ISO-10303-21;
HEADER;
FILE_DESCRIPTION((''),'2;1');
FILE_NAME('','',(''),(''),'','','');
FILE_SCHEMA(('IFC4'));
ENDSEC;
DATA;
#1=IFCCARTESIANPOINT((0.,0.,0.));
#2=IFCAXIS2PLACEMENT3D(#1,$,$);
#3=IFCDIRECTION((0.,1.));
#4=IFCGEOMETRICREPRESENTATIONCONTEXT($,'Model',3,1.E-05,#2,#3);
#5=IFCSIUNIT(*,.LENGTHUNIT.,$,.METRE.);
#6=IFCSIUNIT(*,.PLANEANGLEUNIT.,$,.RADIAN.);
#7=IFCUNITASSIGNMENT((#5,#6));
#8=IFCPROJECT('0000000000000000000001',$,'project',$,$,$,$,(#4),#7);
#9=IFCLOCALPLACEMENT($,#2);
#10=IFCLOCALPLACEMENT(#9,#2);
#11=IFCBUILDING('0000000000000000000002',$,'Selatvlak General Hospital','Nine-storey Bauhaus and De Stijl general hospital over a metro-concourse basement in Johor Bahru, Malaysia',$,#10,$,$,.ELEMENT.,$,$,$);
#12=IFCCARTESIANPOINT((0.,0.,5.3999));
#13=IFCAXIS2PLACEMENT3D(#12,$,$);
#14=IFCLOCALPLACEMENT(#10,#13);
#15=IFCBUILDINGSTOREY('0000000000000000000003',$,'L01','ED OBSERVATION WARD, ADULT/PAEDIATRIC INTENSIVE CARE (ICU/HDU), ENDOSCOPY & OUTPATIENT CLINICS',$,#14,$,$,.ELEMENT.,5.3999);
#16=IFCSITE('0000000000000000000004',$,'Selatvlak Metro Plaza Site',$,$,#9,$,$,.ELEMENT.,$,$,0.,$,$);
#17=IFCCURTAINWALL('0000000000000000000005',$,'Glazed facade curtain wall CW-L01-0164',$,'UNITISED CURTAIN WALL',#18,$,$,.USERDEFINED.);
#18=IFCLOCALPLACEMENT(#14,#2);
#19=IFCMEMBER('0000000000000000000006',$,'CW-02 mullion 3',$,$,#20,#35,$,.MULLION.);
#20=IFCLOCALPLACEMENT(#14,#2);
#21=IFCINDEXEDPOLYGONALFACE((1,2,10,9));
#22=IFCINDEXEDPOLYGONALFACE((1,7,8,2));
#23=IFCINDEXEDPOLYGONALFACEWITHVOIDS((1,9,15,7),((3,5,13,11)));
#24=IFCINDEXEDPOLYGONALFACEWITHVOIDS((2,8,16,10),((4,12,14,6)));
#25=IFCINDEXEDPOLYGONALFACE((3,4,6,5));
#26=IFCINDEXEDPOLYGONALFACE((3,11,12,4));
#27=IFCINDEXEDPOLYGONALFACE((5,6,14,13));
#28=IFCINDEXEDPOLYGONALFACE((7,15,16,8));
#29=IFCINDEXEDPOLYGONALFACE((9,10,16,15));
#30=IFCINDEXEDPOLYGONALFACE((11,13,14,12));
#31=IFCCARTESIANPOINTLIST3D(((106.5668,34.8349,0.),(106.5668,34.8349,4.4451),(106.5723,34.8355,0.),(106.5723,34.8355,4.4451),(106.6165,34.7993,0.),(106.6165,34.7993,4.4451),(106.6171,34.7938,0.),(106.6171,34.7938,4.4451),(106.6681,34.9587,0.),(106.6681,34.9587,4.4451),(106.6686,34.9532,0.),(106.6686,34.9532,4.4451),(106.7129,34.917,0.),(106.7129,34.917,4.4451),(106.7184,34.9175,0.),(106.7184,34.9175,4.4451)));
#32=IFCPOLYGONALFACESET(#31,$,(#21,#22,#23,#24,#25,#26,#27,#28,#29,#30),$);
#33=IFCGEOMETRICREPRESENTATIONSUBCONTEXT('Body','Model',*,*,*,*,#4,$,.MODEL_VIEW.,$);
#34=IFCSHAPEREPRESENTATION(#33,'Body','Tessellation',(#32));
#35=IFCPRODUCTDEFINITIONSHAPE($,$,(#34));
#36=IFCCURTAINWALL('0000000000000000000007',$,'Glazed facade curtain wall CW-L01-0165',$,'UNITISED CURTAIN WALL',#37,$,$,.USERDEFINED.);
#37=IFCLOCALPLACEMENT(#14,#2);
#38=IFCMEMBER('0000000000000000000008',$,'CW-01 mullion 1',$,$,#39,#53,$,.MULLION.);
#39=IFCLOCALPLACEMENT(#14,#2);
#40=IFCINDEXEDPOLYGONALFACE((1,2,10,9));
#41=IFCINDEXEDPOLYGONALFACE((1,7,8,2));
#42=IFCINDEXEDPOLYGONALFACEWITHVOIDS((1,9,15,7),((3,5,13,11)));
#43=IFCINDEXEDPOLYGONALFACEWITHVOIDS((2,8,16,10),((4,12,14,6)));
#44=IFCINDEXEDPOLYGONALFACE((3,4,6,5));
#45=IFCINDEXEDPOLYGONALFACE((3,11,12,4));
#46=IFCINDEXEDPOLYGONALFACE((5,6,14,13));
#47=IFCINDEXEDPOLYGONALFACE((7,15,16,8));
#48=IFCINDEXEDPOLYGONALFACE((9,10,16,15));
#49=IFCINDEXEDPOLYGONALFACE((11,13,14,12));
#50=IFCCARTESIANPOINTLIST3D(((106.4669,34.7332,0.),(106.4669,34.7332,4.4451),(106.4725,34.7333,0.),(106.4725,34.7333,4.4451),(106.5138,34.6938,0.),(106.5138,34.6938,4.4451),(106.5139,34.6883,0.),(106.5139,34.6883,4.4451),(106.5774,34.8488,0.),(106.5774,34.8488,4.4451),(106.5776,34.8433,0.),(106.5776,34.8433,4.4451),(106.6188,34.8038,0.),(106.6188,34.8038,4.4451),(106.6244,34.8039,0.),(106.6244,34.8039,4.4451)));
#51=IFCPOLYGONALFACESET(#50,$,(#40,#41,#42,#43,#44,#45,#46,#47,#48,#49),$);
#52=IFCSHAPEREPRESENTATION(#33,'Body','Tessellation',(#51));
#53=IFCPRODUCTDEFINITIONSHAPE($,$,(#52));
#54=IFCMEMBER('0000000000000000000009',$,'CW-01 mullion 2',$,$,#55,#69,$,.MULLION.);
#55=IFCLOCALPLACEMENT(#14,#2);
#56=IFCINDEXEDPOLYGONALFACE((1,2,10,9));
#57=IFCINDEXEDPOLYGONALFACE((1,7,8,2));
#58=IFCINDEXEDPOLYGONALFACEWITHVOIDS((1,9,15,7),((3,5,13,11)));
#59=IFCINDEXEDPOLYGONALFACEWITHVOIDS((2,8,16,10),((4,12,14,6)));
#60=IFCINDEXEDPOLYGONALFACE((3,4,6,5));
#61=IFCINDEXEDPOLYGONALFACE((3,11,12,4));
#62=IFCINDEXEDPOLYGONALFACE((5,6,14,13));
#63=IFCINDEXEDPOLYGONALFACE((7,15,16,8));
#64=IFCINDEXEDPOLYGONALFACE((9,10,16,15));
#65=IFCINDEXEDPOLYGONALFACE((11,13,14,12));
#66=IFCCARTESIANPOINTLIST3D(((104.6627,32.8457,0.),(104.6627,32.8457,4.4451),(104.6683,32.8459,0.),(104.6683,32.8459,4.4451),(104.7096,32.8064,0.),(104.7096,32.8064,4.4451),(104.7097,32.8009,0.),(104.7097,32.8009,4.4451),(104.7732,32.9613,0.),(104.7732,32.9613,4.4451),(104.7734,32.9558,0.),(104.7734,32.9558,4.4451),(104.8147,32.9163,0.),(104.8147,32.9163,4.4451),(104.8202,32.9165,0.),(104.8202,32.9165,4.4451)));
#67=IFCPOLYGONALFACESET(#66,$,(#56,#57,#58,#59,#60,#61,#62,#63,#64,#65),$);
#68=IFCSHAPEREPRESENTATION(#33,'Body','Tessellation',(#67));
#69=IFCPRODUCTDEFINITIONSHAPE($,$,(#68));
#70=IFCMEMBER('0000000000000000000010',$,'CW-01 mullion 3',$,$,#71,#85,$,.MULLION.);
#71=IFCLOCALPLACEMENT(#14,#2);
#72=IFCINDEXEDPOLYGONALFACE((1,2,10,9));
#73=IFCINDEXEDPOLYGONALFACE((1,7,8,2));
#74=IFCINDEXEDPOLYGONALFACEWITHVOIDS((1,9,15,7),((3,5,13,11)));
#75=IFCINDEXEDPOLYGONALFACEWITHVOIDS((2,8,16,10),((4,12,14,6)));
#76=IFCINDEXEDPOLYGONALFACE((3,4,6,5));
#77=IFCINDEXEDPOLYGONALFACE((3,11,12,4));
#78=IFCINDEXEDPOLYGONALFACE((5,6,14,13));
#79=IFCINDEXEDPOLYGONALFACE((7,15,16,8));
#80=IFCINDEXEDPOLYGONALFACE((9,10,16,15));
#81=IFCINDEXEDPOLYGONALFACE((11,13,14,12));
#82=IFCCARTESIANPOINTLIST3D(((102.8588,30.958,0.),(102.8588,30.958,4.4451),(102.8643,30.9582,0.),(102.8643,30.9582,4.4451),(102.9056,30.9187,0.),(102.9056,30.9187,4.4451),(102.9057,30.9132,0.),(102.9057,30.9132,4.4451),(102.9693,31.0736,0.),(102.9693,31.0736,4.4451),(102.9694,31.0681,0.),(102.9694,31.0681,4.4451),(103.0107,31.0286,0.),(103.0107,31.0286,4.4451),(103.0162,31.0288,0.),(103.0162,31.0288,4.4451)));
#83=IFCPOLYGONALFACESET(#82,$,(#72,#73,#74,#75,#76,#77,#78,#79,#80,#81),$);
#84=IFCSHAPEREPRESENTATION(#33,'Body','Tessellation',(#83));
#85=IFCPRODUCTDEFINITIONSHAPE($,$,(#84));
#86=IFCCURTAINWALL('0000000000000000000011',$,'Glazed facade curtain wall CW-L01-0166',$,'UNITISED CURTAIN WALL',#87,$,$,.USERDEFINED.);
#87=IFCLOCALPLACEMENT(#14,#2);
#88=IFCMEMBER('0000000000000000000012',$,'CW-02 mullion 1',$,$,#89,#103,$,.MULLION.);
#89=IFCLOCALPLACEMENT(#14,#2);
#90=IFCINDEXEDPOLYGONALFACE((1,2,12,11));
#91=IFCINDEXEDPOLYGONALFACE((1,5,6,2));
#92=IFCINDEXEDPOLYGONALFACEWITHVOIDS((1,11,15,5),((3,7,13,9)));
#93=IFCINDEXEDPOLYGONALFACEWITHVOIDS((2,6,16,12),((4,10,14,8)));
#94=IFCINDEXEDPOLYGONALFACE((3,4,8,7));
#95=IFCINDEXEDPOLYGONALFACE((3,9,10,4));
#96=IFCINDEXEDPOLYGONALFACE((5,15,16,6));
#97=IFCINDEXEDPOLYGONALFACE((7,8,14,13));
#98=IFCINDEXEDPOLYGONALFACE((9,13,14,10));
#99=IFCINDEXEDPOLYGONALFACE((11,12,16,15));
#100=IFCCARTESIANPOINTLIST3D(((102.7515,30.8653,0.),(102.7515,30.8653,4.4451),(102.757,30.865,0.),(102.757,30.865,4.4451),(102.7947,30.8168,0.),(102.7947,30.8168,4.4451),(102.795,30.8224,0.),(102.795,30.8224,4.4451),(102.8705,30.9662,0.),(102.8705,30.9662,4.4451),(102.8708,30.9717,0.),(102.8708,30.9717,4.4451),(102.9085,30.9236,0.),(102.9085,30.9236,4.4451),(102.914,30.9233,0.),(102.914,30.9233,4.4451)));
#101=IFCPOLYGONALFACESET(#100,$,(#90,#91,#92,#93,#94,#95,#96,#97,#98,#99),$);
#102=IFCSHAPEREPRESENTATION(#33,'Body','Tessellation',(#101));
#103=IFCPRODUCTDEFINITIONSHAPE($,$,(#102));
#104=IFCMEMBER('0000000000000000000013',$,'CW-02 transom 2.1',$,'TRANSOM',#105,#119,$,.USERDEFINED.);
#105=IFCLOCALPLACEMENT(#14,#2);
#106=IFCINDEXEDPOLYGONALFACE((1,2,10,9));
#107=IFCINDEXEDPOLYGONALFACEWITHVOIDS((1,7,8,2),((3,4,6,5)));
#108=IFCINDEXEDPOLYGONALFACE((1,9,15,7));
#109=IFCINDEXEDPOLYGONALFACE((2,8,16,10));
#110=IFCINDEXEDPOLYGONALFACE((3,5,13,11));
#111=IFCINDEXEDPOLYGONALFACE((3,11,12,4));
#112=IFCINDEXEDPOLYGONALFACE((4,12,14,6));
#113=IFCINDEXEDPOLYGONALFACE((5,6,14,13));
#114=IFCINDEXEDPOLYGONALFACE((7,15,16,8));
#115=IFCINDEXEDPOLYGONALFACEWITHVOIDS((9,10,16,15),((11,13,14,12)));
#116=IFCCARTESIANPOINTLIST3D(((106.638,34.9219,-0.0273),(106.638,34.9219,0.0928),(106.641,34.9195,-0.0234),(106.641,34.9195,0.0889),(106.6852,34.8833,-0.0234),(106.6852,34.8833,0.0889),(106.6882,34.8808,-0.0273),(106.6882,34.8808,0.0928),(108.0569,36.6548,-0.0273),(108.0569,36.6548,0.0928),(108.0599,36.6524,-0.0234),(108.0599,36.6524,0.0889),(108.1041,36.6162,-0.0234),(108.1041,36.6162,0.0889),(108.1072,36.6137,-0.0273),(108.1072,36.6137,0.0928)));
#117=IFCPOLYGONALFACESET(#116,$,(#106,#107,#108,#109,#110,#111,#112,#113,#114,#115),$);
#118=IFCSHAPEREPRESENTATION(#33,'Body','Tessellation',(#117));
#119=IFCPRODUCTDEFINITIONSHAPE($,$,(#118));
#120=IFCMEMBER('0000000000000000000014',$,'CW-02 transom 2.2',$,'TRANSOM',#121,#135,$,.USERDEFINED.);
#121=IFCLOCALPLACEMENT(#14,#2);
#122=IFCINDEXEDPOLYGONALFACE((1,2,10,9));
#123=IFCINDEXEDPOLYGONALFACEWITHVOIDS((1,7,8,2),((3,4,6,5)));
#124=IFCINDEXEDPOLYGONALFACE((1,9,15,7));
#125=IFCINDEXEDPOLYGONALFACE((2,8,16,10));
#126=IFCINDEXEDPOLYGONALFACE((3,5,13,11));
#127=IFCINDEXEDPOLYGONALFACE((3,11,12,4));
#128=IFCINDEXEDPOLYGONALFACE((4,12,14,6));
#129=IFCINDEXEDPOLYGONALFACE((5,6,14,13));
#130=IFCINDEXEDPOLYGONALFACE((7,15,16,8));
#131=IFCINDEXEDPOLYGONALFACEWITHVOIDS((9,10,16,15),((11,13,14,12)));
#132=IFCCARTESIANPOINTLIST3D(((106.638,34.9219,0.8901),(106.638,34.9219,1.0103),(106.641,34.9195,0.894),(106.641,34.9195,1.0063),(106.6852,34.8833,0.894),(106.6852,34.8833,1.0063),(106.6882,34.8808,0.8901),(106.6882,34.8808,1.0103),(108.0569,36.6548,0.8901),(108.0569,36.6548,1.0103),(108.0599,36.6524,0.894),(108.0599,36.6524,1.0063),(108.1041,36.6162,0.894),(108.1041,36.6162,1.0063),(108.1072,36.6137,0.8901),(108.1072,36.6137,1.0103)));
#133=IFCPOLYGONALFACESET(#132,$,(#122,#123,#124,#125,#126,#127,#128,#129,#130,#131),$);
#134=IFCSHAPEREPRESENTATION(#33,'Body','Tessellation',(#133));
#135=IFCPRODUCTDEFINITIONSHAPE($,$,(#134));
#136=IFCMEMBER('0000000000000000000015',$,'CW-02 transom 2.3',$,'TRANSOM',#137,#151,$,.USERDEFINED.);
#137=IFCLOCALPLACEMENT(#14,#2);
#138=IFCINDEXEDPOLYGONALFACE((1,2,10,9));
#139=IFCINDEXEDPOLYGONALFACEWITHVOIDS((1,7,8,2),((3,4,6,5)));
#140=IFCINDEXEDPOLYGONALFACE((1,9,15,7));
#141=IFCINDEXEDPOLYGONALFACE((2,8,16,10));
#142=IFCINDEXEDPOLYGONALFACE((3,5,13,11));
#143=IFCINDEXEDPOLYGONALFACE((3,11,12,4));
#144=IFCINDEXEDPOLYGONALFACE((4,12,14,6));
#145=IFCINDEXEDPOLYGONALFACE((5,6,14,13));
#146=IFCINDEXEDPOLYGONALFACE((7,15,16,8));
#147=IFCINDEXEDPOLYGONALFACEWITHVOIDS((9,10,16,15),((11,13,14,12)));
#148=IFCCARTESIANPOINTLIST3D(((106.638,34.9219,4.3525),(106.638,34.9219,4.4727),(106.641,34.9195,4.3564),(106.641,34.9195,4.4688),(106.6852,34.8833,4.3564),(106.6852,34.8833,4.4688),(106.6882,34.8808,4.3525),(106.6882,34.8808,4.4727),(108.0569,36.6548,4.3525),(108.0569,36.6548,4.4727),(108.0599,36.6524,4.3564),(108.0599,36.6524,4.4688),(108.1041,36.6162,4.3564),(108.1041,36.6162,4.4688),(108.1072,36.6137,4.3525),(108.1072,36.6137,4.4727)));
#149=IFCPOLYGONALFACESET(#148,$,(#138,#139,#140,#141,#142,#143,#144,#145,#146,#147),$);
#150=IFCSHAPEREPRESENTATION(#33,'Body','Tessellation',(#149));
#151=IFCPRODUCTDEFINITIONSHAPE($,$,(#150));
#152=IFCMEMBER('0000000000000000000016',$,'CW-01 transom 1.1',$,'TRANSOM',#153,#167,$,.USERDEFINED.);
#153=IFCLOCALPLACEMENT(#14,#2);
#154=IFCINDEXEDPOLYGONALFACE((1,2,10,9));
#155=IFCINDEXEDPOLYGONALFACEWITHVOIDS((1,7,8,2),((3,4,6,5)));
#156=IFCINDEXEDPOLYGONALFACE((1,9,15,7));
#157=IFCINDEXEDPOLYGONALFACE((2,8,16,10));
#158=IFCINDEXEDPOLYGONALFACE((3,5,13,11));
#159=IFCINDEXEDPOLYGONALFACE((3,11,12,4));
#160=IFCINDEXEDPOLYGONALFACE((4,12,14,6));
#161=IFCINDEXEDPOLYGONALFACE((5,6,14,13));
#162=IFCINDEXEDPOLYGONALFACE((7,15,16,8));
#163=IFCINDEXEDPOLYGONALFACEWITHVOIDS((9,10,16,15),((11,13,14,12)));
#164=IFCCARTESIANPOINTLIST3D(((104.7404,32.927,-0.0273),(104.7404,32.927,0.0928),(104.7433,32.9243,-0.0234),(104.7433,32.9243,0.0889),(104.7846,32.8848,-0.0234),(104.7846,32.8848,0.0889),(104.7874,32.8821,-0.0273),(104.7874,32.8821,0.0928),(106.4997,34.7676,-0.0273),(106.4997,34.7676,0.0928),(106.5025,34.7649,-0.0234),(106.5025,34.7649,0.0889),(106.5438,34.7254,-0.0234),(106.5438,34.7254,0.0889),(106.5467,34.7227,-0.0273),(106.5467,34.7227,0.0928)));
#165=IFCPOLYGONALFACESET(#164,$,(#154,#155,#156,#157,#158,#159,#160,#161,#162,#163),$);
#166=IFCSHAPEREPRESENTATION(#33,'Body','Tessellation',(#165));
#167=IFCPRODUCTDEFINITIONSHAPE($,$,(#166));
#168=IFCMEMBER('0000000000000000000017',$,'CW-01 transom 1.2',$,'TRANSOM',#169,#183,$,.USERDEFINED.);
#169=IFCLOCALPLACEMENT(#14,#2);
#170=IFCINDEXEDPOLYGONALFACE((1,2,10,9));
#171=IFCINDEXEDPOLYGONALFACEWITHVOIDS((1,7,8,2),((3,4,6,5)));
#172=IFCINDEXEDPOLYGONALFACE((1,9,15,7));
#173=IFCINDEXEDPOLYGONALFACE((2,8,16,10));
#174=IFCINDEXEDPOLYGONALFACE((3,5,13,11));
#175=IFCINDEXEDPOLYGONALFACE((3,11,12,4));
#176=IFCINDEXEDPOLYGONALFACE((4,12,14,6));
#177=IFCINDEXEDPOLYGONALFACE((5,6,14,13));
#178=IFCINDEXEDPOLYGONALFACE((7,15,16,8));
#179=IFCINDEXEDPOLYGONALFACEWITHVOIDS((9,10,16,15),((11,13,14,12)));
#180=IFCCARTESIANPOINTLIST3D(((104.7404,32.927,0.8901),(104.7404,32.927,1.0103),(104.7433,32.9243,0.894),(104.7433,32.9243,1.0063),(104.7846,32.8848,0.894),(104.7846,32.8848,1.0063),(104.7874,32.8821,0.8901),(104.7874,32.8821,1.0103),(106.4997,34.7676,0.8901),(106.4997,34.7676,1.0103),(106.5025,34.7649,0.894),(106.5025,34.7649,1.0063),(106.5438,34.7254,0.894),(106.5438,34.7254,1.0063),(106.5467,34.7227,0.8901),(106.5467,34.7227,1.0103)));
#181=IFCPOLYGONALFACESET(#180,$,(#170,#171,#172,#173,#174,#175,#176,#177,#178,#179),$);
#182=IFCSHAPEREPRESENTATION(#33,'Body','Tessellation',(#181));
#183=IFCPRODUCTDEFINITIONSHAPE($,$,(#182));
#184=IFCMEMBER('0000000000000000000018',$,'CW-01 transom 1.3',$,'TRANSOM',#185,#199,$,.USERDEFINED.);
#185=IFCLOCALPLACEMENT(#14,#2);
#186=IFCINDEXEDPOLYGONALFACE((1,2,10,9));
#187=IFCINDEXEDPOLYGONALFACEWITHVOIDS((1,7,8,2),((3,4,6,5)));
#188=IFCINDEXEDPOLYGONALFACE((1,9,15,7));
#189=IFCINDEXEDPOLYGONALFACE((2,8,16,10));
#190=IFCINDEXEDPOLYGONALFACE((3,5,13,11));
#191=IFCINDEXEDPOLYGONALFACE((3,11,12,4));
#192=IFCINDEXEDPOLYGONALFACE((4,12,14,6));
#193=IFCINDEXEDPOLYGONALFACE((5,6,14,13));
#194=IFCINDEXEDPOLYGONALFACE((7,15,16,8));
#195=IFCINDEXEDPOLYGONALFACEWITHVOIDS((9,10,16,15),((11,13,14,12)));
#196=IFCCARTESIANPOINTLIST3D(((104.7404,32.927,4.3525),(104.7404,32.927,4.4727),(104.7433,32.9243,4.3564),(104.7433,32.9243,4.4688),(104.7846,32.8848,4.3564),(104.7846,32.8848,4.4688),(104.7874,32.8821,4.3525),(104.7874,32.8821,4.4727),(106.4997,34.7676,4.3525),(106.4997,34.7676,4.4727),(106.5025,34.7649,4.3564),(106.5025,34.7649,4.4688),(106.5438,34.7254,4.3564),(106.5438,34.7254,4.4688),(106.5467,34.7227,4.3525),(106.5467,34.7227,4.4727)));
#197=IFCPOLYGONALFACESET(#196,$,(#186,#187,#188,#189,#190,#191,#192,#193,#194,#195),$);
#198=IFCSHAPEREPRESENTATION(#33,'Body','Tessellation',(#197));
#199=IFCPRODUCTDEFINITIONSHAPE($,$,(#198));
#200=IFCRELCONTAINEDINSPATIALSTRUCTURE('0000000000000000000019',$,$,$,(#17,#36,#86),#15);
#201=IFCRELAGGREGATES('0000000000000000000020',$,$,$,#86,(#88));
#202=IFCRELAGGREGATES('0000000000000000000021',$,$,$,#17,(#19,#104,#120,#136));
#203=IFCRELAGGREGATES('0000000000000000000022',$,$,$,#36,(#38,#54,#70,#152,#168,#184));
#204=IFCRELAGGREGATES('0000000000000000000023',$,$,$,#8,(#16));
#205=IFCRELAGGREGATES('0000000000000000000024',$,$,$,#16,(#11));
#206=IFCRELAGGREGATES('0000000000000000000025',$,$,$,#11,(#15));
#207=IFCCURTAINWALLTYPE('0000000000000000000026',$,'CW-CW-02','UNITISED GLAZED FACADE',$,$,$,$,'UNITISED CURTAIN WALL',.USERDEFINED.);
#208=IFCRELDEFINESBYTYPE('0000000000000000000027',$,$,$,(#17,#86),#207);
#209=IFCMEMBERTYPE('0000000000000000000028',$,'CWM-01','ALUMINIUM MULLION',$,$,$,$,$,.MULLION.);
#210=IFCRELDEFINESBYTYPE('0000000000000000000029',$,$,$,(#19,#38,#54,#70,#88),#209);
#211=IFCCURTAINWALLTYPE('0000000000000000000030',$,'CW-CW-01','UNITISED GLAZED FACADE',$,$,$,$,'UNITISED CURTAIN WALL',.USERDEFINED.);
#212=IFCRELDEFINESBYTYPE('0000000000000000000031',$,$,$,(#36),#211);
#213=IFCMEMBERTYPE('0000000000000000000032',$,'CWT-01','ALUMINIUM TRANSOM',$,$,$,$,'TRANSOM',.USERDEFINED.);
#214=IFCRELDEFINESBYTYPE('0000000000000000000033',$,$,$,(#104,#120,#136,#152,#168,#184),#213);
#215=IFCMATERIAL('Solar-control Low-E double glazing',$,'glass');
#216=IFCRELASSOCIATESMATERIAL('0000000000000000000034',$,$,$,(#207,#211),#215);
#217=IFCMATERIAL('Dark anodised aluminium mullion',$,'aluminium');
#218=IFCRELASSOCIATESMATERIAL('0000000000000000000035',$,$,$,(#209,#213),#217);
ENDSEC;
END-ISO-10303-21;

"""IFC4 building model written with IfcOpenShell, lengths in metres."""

from ifc_helpers import new_model, si_unit, direction, frame, origin, origin_2d, place, context, subcontext, project, spatial, hollow_rectangle, extrude, material, material_profile, profile_set, type_object, element, aggregate, save


model = new_model("IFC4")

# Units and contexts
model_context = context("Model", 3, precision=1e-05, world=origin(), true_north=direction((0.0, 1.0)))
body_context = subcontext(model_context, "Body", "Model", "MODEL_VIEW")
ifc_project = project(units=[si_unit("LENGTHUNIT", "METRE"), si_unit("PLANEANGLEUNIT", "RADIAN")], contexts=[model_context])

# Site, building, storey
site_placement = place(None, origin())
site = spatial("IfcSite", under=ifc_project, at=site_placement, Name="Selatvlak Metro Plaza Site", CompositionType="ELEMENT", RefElevation=0.0)
building_placement = place(site_placement, origin())
building = spatial("IfcBuilding", under=site, at=building_placement, Name="Selatvlak General Hospital", Description="Nine-storey Bauhaus and De Stijl general hospital over a metro-concourse basement in Johor Bahru, Malaysia", CompositionType="ELEMENT")
storey_placement = place(building_placement, frame((0.0, 0.0, 5.3999)))
storey = spatial("IfcBuildingStorey", under=building, at=storey_placement, Name="L01", Description="ED OBSERVATION WARD, ADULT/PAEDIATRIC INTENSIVE CARE (ICU/HDU), ENDOSCOPY & OUTPATIENT CLINICS", CompositionType="ELEMENT", Elevation=5.3999)

# Curtain wall, member
ifc_material_1 = material(Name="Solar-control Low-E double glazing", Category="glass")
curtain_wall_type_1 = type_object("IfcCurtainWallType", Name="CW-CW-02", Description="UNITISED GLAZED FACADE", ElementType="UNITISED CURTAIN WALL", PredefinedType="USERDEFINED", material=ifc_material_1)
curtain_wall_1_placement = place(storey_placement, origin())
curtain_wall_1 = element("IfcCurtainWall", 1, at=curtain_wall_1_placement, inside=storey, type_object=curtain_wall_type_1, Name="Glazed facade curtain wall CW-L01-0164", ObjectType="UNITISED CURTAIN WALL", PredefinedType="USERDEFINED")
ifc_material_2 = material(Name="Dark anodised aluminium mullion", Category="aluminium")
ifc_material_profile_1 = material_profile(ifc_material_2, hollow_rectangle(XDim=0.0649, YDim=0.1599, WallThickness=0.0039, at=origin_2d()), Name="AL-MUL 65x160x4")
ifc_profile_set_1 = profile_set([ifc_material_profile_1], Name="Dark anodised aluminium mullion")
member_type_1 = type_object("IfcMemberType", Name="CWM-01", Description="ALUMINIUM MULLION", PredefinedType="MULLION", material=ifc_profile_set_1)
member_1_placement = place(storey_placement, frame((106.6426, 34.8762, 0.0), z_axis=(0.0, 0.0, 1.0), x_axis=(0.773786, -0.633447, 0.0)))
member_1 = element("IfcMember", 2, at=member_1_placement, type_object=member_type_1, Name="CW-02 mullion 3", PredefinedType="MULLION", context=body_context, shape_type="SweptSolid", body=[
    extrude(hollow_rectangle(XDim=0.0649, YDim=0.1599, WallThickness=0.0039, at=origin_2d()), origin(), (0.0, 0.0, 1.0), 4.4451),
])

# Curtain wall, members
curtain_wall_type_2 = type_object("IfcCurtainWallType", Name="CW-CW-01", Description="UNITISED GLAZED FACADE", ElementType="UNITISED CURTAIN WALL", PredefinedType="USERDEFINED", material=ifc_material_1)
curtain_wall_2_placement = place(storey_placement, origin())
curtain_wall_2 = element("IfcCurtainWall", 3, at=curtain_wall_2_placement, inside=storey, type_object=curtain_wall_type_2, Name="Glazed facade curtain wall CW-L01-0165", ObjectType="UNITISED CURTAIN WALL", PredefinedType="USERDEFINED")
member_2_placement = place(storey_placement, frame((106.5457, 34.7686, 0.0), z_axis=(0.0, 0.0, 1.0), x_axis=(0.722909, -0.690943, 0.0)))
member_2 = element("IfcMember", 4, at=member_2_placement, type_object=member_type_1, Name="CW-01 mullion 1", PredefinedType="MULLION", context=body_context, shape_type="SweptSolid", body=[
    extrude(hollow_rectangle(XDim=0.0649, YDim=0.1599, WallThickness=0.0039, at=origin_2d()), origin(), (0.0, 0.0, 1.0), 4.4451),
])
member_3_placement = place(storey_placement, frame((104.7415, 32.8811, 0.0), z_axis=(0.0, 0.0, 1.0), x_axis=(0.722909, -0.690943, 0.0)))
member_3 = element("IfcMember", 5, at=member_3_placement, type_object=member_type_1, Name="CW-01 mullion 2", PredefinedType="MULLION", context=body_context, shape_type="SweptSolid", body=[
    extrude(hollow_rectangle(XDim=0.0649, YDim=0.1599, WallThickness=0.0039, at=origin_2d()), origin(), (0.0, 0.0, 1.0), 4.4451),
])
member_4_placement = place(storey_placement, frame((102.9375, 30.9934, 0.0), z_axis=(0.0, 0.0, 1.0), x_axis=(0.722909, -0.690943, 0.0)))
member_4 = element("IfcMember", 6, at=member_4_placement, type_object=member_type_1, Name="CW-01 mullion 3", PredefinedType="MULLION", context=body_context, shape_type="SweptSolid", body=[
    extrude(hollow_rectangle(XDim=0.0649, YDim=0.1599, WallThickness=0.0039, at=origin_2d()), origin(), (0.0, 0.0, 1.0), 4.4451),
])

# Curtain wall, member
curtain_wall_3_placement = place(storey_placement, origin())
curtain_wall_3 = element("IfcCurtainWall", 7, at=curtain_wall_3_placement, inside=storey, type_object=curtain_wall_type_1, Name="Glazed facade curtain wall CW-L01-0166", ObjectType="UNITISED CURTAIN WALL", PredefinedType="USERDEFINED")
member_5_placement = place(storey_placement, frame((102.8328, 30.8943, 0.0), z_axis=(0.0, 0.0, 1.0), x_axis=(0.665561, -0.746344, 0.0)))
member_5 = element("IfcMember", 8, at=member_5_placement, type_object=member_type_1, Name="CW-02 mullion 1", PredefinedType="MULLION", context=body_context, shape_type="SweptSolid", body=[
    extrude(hollow_rectangle(XDim=0.0649, YDim=0.1599, WallThickness=0.0039, at=origin_2d()), origin(), (0.0, 0.0, 1.0), 4.4451),
])
aggregate(curtain_wall_3, [member_5])

# Members
ifc_material_profile_2 = material_profile(ifc_material_2, hollow_rectangle(XDim=0.0649, YDim=0.1201, WallThickness=0.0039, at=origin_2d()), Name="AL-TRN 65x120x4")
ifc_profile_set_2 = profile_set([ifc_material_profile_2], Name="Dark anodised aluminium mullion")
member_type_2 = type_object("IfcMemberType", Name="CWT-01", Description="ALUMINIUM TRANSOM", ElementType="TRANSOM", PredefinedType="USERDEFINED", material=ifc_profile_set_2)
member_6_placement = place(storey_placement, frame((108.082, 36.6343, 0.0327), z_axis=(-0.633535, -0.773714, 0.0), x_axis=(0.773714, -0.633535, 0.0)))
member_6 = element("IfcMember", 9, at=member_6_placement, type_object=member_type_2, Name="CW-02 transom 2.1", ObjectType="TRANSOM", PredefinedType="USERDEFINED", context=body_context, shape_type="SweptSolid", body=[
    extrude(hollow_rectangle(XDim=0.0649, YDim=0.1201, WallThickness=0.0039, at=origin_2d()), origin(), (0.0, 0.0, 1.0), 2.2397),
])
member_7_placement = place(storey_placement, frame((108.082, 36.6343, 0.9502), z_axis=(-0.633535, -0.773714, 0.0), x_axis=(0.773714, -0.633535, 0.0)))
member_7 = element("IfcMember", 10, at=member_7_placement, type_object=member_type_2, Name="CW-02 transom 2.2", ObjectType="TRANSOM", PredefinedType="USERDEFINED", context=body_context, shape_type="SweptSolid", body=[
    extrude(hollow_rectangle(XDim=0.0649, YDim=0.1201, WallThickness=0.0039, at=origin_2d()), origin(), (0.0, 0.0, 1.0), 2.2397),
])
member_8_placement = place(storey_placement, frame((108.082, 36.6343, 4.4126), z_axis=(-0.633535, -0.773714, 0.0), x_axis=(0.773714, -0.633535, 0.0)))
member_8 = element("IfcMember", 11, at=member_8_placement, type_object=member_type_2, Name="CW-02 transom 2.3", ObjectType="TRANSOM", PredefinedType="USERDEFINED", context=body_context, shape_type="SweptSolid", body=[
    extrude(hollow_rectangle(XDim=0.0649, YDim=0.1201, WallThickness=0.0039, at=origin_2d()), origin(), (0.0, 0.0, 1.0), 2.2397),
])
member_9_placement = place(storey_placement, frame((106.5232, 34.7451, 0.0327), z_axis=(-0.690961, -0.722892, 0.0), x_axis=(0.722892, -0.690961, 0.0)))
member_9 = element("IfcMember", 12, at=member_9_placement, type_object=member_type_2, Name="CW-01 transom 1.1", ObjectType="TRANSOM", PredefinedType="USERDEFINED", context=body_context, shape_type="SweptSolid", body=[
    extrude(hollow_rectangle(XDim=0.0649, YDim=0.1201, WallThickness=0.0039, at=origin_2d()), origin(), (0.0, 0.0, 1.0), 2.5461),
])
member_10_placement = place(storey_placement, frame((106.5232, 34.7451, 0.9502), z_axis=(-0.690961, -0.722892, 0.0), x_axis=(0.722892, -0.690961, 0.0)))
member_10 = element("IfcMember", 13, at=member_10_placement, type_object=member_type_2, Name="CW-01 transom 1.2", ObjectType="TRANSOM", PredefinedType="USERDEFINED", context=body_context, shape_type="SweptSolid", body=[
    extrude(hollow_rectangle(XDim=0.0649, YDim=0.1201, WallThickness=0.0039, at=origin_2d()), origin(), (0.0, 0.0, 1.0), 2.5461),
])
member_11_placement = place(storey_placement, frame((106.5232, 34.7451, 4.4126), z_axis=(-0.690961, -0.722892, 0.0), x_axis=(0.722892, -0.690961, 0.0)))
member_11 = element("IfcMember", 14, at=member_11_placement, type_object=member_type_2, Name="CW-01 transom 1.3", ObjectType="TRANSOM", PredefinedType="USERDEFINED", context=body_context, shape_type="SweptSolid", body=[
    extrude(hollow_rectangle(XDim=0.0649, YDim=0.1201, WallThickness=0.0039, at=origin_2d()), origin(), (0.0, 0.0, 1.0), 2.5461),
])

aggregate(curtain_wall_1, [member_1, member_6, member_7, member_8])
aggregate(curtain_wall_2, [member_2, member_3, member_4, member_9, member_10, member_11])

save(model, "model.ifc")
